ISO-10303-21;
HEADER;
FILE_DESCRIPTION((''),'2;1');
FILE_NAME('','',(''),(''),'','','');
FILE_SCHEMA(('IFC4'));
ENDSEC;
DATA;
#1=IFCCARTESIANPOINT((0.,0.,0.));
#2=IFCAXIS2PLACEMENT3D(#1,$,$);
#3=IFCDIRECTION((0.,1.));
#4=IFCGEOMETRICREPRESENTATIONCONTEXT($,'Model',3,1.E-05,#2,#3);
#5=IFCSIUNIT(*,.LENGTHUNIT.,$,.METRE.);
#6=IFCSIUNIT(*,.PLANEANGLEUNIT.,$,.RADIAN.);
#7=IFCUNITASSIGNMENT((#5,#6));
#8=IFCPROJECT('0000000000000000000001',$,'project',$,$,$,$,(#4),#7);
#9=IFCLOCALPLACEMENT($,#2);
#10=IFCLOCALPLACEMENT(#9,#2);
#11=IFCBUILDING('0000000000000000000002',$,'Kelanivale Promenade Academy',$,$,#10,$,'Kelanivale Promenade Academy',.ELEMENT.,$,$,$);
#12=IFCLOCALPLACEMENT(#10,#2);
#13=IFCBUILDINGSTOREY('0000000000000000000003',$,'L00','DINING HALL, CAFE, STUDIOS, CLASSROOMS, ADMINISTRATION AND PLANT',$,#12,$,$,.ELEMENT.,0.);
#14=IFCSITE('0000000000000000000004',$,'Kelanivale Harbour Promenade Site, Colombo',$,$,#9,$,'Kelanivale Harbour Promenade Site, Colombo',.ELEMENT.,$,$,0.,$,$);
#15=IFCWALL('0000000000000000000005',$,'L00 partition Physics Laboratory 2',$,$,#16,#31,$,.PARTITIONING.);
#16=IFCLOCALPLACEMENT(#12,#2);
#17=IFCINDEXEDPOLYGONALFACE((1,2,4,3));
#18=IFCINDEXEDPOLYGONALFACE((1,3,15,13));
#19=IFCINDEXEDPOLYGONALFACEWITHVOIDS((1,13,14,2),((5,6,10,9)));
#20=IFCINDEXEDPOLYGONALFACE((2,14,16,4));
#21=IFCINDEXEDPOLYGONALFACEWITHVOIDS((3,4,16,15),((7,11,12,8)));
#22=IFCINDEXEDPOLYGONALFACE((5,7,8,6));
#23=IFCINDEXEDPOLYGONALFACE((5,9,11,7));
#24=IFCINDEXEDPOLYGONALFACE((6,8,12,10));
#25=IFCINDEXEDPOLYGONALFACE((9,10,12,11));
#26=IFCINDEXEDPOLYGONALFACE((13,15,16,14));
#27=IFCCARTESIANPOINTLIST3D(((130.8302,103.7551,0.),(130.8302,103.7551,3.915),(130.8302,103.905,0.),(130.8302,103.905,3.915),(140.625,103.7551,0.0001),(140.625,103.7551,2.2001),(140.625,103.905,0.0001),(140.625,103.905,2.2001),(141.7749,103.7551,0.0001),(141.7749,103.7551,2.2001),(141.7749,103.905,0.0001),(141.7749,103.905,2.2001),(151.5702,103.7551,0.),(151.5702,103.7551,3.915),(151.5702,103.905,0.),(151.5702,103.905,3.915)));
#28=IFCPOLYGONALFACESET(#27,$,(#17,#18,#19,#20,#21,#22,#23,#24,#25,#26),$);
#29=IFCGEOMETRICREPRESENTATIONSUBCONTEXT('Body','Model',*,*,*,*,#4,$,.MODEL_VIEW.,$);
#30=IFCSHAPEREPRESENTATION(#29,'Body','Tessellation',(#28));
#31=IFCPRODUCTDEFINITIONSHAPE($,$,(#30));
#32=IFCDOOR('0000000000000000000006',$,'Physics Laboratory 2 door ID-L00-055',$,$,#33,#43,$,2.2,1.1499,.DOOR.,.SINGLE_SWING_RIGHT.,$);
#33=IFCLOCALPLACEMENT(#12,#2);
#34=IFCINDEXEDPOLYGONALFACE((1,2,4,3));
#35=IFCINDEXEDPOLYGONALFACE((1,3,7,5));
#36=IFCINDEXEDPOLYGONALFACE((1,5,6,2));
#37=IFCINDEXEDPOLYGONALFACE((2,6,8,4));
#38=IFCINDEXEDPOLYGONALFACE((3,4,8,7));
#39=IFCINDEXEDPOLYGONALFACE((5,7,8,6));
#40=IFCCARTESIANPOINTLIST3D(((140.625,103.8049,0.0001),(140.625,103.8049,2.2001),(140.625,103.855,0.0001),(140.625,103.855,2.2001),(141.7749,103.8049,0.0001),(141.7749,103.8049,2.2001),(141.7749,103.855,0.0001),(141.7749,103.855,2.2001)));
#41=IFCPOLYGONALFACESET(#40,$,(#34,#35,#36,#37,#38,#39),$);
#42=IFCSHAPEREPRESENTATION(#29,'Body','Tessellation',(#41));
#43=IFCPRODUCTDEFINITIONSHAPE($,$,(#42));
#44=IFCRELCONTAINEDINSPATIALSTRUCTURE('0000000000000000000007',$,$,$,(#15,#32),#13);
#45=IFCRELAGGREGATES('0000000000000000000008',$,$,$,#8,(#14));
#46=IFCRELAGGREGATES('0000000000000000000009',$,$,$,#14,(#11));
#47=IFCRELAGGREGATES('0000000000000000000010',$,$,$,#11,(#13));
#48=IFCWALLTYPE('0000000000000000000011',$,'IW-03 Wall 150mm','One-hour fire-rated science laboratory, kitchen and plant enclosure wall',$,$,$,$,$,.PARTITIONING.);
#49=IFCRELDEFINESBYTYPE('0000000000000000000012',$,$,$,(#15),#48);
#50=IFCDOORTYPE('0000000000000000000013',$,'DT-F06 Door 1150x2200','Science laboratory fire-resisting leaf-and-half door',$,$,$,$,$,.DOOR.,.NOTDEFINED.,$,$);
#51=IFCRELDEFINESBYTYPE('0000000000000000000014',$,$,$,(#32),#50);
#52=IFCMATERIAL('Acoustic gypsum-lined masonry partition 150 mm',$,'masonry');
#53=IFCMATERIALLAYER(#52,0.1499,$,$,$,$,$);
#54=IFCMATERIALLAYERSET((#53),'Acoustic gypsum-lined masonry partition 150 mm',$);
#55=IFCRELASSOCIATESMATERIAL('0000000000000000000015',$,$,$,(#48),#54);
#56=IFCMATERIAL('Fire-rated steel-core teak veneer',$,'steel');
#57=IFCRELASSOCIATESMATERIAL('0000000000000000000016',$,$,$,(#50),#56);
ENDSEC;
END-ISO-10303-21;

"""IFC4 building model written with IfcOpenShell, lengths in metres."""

from ifc_helpers import new_model, si_unit, direction, frame, frame_2d, origin, place, context, subcontext, project, spatial, rectangle, extrude, material, layer, layer_set, type_object, element, fill, save


model = new_model("IFC4")

# Units and contexts
model_context = context("Model", 3, precision=1e-05, world=origin(), true_north=direction((0.0, 1.0)))
body_context = subcontext(model_context, "Body", "Model", "MODEL_VIEW")
ifc_project = project(units=[si_unit("LENGTHUNIT", "METRE"), si_unit("PLANEANGLEUNIT", "RADIAN")], contexts=[model_context])

# Site, building, storey
site_placement = place(None, origin())
site = spatial("IfcSite", under=ifc_project, at=site_placement, Name="Kelanivale Harbour Promenade Site, Colombo", LongName="Kelanivale Harbour Promenade Site, Colombo", CompositionType="ELEMENT", RefElevation=0.0)
building_placement = place(site_placement, origin())
building = spatial("IfcBuilding", under=site, at=building_placement, Name="Kelanivale Promenade Academy", LongName="Kelanivale Promenade Academy", CompositionType="ELEMENT")
storey_placement = place(building_placement, origin())
storey = spatial("IfcBuildingStorey", under=building, at=storey_placement, Name="L00", Description="DINING HALL, CAFE, STUDIOS, CLASSROOMS, ADMINISTRATION AND PLANT", CompositionType="ELEMENT", Elevation=0.0)

# Shared definitions
ifc_material_1 = material(Name="Fire-rated steel-core teak veneer", Category="steel")

# Wall, opening, door
ifc_material_2 = material(Name="Acoustic gypsum-lined masonry partition 150 mm", Category="masonry")
ifc_layer_1 = layer(ifc_material_2, 0.1499)
ifc_layer_set_1 = layer_set([ifc_layer_1], Name="Acoustic gypsum-lined masonry partition 150 mm")
wall_type_1 = type_object("IfcWallType", Name="IW-03 Wall 150mm", Description="One-hour fire-rated science laboratory, kitchen and plant enclosure wall", PredefinedType="PARTITIONING", material=ifc_layer_set_1)
wall_1_placement = place(storey_placement, frame((130.8301, 103.8301, 0.0), z_axis=(0.0, 0.0, 1.0), x_axis=(1.0, 0.0, 0.0)))
wall_1 = element("IfcWall", 1, at=wall_1_placement, inside=storey, type_object=wall_type_1, Name="L00 partition Physics Laboratory 2", PredefinedType="PARTITIONING", context=body_context, shape_type="SweptSolid", body=[
    extrude(rectangle(XDim=20.74, YDim=0.1499, at=frame_2d((10.3701, 0.0))), origin(), (0.0, 0.0, 1.0), 3.915),
])
opening_1_placement = place(wall_1_placement, frame((9.7949, 0.0, 0.0)))
opening_1 = element("IfcOpeningElement", 2, at=opening_1_placement, cuts=wall_1, PredefinedType="OPENING", context=body_context, shape_type="SweptSolid", body=[
    extrude(rectangle(XDim=1.1499, YDim=2.2, at=frame_2d((0.575, 1.1001))), frame((0.0, 0.085, 0.0), z_axis=(0.0, -1.0, 0.0), x_axis=(1.0, 0.0, 0.0)), (0.0, 0.0, 1.0), 0.1699),
])
door_type_1 = type_object("IfcDoorType", Name="DT-F06 Door 1150x2200", Description="Science laboratory fire-resisting leaf-and-half door", OperationType="NOTDEFINED", PredefinedType="DOOR", material=ifc_material_1)
door_1_placement = place(opening_1_placement, origin())
door_1 = element("IfcDoor", 3, at=door_1_placement, inside=storey, type_object=door_type_1, Name="Physics Laboratory 2 door ID-L00-055", OperationType="SINGLE_SWING_RIGHT", OverallHeight=2.2, OverallWidth=1.1499, PredefinedType="DOOR", context=body_context, shape_type="SweptSolid", body=[
    extrude(rectangle(XDim=1.1499, YDim=2.2, at=frame_2d((0.575, 1.1001))), frame((0.0, 0.0249, 0.0), z_axis=(0.0, -1.0, 0.0), x_axis=(1.0, 0.0, 0.0)), (0.0, 0.0, 1.0), 0.05),
])
fill(opening_1, door_1)

save(model, "model.ifc")
